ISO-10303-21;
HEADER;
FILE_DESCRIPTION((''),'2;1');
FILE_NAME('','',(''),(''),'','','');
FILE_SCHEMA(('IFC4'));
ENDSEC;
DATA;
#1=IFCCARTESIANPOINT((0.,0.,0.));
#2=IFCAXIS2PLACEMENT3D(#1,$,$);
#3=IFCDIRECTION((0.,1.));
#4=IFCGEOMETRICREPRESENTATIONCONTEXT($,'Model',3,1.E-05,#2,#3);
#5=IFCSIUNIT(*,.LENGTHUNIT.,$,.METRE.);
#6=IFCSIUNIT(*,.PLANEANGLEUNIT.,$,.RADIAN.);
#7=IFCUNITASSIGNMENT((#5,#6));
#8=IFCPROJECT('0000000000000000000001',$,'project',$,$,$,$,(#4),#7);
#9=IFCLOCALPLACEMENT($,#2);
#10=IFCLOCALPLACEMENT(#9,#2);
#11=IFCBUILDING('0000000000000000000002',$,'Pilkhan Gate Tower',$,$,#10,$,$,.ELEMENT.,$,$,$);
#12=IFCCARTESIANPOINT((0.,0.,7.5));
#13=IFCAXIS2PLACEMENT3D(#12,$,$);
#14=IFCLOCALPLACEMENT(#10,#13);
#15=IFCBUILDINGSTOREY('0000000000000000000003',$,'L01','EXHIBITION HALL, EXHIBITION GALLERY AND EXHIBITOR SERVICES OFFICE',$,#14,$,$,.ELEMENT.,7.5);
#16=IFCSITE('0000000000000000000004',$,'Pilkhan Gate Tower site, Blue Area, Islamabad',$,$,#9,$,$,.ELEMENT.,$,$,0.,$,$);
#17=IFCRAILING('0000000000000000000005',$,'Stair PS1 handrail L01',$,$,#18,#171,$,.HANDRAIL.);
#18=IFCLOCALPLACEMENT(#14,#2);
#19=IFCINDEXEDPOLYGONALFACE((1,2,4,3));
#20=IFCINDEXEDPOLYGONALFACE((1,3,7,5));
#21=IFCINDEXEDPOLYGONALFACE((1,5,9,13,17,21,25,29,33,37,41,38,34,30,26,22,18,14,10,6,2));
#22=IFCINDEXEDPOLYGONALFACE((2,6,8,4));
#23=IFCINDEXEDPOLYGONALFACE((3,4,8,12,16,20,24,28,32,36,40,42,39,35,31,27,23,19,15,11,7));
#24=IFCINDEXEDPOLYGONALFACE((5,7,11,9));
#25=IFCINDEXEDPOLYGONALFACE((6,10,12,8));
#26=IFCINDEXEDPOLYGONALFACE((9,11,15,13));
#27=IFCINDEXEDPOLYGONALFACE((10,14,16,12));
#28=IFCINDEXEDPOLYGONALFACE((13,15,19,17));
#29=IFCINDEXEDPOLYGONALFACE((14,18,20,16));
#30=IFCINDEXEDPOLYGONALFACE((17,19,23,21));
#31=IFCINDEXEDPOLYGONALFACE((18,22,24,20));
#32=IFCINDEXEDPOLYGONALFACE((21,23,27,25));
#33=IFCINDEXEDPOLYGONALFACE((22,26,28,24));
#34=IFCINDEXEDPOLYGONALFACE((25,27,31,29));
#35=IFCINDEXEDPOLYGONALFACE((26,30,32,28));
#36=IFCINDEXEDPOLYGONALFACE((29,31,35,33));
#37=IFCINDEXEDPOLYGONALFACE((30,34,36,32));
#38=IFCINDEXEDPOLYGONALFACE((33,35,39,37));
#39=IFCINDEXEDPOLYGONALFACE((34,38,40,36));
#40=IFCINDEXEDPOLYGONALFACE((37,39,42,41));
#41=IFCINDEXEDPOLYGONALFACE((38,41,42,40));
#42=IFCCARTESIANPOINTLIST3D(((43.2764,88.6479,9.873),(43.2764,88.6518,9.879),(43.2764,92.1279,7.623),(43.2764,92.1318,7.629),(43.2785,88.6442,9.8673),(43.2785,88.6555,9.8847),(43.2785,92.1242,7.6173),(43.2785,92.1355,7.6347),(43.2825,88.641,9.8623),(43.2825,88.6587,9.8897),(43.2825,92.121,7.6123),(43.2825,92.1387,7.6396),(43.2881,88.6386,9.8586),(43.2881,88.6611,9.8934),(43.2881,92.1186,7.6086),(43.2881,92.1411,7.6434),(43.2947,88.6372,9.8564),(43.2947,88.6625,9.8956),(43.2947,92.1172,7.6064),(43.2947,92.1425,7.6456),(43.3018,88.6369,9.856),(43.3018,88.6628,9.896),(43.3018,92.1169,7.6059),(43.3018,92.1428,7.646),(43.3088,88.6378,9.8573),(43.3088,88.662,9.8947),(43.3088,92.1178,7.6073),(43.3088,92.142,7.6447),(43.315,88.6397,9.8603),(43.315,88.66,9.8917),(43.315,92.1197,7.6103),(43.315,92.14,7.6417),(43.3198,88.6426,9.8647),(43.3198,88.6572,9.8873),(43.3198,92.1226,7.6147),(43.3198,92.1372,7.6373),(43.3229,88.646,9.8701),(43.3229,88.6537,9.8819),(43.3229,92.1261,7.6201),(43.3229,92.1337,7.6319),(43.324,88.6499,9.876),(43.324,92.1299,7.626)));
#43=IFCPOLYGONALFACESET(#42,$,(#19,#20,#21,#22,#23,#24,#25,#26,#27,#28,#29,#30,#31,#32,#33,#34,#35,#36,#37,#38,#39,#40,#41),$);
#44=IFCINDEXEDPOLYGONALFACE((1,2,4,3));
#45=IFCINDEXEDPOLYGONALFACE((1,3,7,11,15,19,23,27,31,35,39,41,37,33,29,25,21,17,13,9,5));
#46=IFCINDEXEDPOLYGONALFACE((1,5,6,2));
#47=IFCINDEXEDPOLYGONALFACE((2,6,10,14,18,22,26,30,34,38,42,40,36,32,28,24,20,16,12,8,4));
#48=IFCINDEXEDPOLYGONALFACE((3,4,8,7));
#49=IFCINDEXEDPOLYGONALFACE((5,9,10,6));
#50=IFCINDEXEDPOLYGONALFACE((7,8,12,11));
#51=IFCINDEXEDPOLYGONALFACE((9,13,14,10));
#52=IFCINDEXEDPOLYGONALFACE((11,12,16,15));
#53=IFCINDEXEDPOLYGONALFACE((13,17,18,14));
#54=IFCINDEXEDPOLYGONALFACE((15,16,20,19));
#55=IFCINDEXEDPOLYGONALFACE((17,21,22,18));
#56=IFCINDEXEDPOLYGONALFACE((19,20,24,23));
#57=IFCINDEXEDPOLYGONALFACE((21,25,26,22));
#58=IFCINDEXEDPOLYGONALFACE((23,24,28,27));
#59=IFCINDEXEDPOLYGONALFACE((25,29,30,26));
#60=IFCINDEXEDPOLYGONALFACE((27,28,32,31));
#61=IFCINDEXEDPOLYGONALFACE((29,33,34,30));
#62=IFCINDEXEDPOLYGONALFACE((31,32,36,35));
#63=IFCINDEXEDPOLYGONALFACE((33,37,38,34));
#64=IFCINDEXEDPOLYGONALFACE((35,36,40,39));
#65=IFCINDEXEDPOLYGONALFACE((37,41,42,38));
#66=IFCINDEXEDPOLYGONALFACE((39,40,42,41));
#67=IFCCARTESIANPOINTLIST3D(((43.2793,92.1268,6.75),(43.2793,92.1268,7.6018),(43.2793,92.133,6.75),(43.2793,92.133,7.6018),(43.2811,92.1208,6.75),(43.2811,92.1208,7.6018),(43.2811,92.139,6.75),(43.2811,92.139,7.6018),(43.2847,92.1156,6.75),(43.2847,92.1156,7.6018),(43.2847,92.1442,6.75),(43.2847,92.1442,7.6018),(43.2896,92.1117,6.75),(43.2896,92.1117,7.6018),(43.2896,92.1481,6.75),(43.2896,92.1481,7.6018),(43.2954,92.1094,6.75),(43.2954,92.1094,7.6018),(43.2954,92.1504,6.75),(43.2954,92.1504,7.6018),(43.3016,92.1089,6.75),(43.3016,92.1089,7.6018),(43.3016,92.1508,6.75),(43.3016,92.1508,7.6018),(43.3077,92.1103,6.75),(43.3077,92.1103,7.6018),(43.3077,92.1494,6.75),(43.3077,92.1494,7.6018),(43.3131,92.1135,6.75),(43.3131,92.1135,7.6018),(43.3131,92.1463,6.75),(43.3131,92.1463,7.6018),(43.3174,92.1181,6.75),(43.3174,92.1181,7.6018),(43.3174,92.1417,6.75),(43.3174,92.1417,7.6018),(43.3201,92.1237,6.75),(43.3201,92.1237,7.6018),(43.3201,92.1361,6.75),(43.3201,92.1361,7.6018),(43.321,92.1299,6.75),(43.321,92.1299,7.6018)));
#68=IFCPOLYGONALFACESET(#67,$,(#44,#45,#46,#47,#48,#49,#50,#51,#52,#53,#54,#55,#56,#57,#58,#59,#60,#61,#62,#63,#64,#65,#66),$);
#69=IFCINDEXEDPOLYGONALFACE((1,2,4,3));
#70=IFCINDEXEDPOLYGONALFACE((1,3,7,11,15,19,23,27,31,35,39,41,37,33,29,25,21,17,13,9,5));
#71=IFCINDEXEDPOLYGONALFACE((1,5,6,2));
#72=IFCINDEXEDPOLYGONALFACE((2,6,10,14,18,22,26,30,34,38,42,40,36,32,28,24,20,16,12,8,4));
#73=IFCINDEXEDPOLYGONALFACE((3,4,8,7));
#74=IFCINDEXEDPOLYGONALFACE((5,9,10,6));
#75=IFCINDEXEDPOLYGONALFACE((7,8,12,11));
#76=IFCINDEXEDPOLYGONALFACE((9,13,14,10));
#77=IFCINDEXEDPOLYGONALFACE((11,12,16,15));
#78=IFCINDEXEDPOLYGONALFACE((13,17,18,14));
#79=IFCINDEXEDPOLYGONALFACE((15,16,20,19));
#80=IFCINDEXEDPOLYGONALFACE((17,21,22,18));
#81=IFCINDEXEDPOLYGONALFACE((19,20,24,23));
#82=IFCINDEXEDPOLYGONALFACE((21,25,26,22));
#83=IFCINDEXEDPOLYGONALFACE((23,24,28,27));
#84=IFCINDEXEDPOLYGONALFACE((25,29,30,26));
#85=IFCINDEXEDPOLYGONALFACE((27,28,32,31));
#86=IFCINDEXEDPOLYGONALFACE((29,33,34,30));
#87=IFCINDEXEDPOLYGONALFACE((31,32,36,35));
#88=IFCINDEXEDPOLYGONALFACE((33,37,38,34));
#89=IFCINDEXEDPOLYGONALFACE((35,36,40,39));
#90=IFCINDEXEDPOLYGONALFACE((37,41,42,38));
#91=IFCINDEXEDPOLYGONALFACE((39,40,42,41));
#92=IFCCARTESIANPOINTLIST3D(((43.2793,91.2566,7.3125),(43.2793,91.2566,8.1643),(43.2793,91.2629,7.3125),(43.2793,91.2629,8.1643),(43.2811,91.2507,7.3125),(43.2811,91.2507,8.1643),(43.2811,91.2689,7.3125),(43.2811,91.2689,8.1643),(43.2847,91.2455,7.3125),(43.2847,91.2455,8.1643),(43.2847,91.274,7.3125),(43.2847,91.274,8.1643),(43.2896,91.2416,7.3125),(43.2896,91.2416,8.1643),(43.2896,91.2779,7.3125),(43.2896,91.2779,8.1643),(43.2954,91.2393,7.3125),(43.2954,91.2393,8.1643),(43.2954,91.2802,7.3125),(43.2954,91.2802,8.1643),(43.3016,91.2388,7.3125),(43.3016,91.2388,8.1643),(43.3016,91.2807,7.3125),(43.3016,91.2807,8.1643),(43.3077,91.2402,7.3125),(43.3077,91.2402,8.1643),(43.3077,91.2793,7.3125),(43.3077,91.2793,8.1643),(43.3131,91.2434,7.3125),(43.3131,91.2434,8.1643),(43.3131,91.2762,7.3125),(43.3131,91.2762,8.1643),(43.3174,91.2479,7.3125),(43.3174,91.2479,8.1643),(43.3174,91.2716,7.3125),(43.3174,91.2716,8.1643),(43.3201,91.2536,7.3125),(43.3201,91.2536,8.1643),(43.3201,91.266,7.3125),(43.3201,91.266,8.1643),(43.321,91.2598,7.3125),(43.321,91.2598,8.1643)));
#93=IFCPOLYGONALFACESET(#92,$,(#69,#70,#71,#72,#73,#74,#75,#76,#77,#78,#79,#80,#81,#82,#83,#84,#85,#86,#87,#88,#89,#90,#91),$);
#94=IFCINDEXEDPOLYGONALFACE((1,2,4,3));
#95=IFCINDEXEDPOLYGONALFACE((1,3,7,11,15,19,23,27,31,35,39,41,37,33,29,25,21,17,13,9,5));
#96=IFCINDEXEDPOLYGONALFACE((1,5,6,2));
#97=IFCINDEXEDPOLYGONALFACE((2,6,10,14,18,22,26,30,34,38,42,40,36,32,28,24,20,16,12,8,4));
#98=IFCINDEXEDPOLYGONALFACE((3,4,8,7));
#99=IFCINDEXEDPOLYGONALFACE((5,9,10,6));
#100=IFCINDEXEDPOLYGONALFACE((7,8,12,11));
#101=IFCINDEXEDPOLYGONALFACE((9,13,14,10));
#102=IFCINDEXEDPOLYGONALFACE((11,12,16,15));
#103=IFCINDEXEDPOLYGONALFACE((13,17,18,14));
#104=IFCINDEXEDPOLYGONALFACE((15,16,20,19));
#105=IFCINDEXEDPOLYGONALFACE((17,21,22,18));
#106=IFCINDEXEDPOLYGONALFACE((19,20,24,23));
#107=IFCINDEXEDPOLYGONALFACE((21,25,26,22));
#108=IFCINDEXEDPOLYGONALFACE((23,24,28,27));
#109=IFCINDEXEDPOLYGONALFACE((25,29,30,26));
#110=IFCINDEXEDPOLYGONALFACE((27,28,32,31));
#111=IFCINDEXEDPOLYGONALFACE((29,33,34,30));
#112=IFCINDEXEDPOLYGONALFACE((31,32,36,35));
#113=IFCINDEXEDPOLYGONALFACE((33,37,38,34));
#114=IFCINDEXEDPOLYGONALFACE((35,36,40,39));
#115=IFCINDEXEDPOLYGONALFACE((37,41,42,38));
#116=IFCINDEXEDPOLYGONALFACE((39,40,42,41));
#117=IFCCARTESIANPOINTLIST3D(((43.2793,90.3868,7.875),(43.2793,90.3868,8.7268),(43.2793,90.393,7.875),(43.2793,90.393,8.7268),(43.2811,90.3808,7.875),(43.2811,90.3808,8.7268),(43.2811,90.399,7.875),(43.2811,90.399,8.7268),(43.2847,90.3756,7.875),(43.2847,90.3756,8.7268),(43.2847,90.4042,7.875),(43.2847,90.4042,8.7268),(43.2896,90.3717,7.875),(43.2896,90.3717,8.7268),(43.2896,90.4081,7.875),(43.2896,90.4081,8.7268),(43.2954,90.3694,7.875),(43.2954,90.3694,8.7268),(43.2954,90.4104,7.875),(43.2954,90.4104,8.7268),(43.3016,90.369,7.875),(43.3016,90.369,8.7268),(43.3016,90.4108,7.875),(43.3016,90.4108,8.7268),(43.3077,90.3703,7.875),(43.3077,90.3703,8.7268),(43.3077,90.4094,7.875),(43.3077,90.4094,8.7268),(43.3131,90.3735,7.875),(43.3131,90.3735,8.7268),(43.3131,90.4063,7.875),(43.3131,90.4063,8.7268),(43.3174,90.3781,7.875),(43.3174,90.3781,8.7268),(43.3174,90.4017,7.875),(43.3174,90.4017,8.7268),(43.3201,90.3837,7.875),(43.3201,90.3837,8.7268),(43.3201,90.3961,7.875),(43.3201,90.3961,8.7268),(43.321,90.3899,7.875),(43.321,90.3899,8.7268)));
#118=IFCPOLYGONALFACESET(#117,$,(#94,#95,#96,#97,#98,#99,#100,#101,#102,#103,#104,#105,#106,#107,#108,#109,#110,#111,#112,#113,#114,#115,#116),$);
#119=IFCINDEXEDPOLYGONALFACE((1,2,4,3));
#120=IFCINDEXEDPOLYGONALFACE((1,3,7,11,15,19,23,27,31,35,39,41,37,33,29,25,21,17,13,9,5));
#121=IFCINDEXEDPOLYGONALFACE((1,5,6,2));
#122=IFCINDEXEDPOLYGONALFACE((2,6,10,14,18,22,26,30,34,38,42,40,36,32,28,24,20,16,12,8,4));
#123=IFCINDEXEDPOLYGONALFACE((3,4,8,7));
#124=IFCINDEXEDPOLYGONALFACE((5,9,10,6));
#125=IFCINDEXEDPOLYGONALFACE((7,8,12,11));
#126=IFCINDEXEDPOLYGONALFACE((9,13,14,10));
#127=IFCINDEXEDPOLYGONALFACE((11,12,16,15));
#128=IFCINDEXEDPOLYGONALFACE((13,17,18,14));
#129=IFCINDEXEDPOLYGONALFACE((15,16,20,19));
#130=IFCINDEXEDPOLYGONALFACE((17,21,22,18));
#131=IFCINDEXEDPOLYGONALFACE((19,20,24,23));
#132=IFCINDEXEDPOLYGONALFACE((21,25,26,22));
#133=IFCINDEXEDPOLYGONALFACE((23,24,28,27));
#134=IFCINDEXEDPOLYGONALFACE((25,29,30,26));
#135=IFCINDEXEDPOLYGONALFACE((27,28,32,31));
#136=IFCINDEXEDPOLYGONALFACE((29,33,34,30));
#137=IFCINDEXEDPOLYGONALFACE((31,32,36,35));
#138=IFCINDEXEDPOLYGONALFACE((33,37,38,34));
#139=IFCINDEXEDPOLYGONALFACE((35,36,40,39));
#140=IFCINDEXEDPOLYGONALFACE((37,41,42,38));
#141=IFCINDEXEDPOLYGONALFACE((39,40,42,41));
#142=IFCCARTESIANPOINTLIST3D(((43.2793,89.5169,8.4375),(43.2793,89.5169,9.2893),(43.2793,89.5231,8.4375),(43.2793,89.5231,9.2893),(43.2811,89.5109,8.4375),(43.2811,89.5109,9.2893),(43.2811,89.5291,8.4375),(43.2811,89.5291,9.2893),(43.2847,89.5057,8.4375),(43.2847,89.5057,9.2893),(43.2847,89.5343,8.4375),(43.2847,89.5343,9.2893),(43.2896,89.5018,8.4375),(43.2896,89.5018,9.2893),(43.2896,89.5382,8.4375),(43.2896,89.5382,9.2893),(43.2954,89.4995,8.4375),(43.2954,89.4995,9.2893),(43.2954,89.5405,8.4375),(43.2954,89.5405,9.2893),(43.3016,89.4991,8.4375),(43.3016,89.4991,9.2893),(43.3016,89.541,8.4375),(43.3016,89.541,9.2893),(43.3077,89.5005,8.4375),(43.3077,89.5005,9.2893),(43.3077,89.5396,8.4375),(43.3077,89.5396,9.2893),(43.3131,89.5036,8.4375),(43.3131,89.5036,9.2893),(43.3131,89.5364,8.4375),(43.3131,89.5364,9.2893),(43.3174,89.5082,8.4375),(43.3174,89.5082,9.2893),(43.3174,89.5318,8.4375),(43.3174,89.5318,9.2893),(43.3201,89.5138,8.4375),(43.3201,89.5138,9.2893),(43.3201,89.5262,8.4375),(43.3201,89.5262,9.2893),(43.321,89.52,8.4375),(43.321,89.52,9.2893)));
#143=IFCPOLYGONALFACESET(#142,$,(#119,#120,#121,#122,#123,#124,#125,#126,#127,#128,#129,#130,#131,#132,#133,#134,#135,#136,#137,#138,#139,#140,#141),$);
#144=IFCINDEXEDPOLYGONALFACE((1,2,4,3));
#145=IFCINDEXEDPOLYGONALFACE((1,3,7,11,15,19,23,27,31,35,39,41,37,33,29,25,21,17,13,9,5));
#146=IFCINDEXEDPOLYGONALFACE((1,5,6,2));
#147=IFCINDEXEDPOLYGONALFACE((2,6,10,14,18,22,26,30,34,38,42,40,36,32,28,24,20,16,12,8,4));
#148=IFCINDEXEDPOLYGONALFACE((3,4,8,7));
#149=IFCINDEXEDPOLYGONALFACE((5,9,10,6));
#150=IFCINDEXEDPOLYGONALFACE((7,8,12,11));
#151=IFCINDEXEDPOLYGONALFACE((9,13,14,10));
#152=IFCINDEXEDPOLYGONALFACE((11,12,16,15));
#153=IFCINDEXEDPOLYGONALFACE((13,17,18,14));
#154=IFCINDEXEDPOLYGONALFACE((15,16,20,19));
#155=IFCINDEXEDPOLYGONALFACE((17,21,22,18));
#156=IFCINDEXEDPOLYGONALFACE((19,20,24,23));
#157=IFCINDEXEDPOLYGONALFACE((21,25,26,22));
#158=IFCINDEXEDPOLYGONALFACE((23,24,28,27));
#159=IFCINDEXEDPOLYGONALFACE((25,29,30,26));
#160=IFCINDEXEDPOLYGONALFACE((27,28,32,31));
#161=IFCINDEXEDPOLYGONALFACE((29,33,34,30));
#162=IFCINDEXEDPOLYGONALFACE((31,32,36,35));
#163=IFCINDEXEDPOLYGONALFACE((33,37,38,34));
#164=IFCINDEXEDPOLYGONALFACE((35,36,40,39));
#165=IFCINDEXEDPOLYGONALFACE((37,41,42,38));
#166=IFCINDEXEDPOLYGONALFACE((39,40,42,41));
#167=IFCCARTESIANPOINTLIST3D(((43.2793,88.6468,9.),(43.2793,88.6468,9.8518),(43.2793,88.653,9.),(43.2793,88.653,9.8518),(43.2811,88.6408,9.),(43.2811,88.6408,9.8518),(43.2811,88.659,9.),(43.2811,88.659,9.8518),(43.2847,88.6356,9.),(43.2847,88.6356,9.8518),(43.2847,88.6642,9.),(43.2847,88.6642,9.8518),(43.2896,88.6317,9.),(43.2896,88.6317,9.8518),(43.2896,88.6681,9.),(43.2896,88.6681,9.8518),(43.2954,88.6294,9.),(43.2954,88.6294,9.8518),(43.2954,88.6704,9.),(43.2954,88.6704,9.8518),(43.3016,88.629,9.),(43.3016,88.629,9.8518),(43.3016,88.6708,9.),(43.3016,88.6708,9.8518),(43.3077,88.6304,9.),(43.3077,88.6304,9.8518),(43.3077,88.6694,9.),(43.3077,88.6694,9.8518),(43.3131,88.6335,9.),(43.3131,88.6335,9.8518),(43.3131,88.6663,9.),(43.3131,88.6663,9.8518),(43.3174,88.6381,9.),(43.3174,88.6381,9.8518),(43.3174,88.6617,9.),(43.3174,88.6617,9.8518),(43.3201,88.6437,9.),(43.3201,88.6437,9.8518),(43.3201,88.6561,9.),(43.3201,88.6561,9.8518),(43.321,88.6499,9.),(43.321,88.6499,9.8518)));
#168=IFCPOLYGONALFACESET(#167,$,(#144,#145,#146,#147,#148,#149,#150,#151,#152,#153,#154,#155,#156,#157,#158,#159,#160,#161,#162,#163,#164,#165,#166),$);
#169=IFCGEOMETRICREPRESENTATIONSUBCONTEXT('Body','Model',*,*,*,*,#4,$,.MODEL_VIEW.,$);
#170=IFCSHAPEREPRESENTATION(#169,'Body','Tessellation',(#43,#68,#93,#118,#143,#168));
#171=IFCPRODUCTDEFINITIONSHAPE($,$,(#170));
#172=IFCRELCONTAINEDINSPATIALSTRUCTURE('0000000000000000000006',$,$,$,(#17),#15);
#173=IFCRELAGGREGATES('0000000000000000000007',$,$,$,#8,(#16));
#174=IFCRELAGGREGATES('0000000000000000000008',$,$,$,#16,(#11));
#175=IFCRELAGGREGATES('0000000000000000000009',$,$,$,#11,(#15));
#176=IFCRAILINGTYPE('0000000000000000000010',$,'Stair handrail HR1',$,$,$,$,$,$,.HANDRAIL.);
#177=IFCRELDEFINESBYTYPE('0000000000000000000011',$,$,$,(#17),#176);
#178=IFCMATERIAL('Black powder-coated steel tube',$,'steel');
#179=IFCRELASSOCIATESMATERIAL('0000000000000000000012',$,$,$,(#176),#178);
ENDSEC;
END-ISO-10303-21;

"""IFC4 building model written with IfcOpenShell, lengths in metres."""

from ifc_helpers import new_model, si_unit, direction, frame, origin, origin_2d, place, context, subcontext, project, spatial, circle, extrude, material, type_object, element, save


model = new_model("IFC4")

# Units and contexts
model_context = context("Model", 3, precision=1e-05, world=origin(), true_north=direction((0.0, 1.0)))
body_context = subcontext(model_context, "Body", "Model", "MODEL_VIEW")
ifc_project = project(units=[si_unit("LENGTHUNIT", "METRE"), si_unit("PLANEANGLEUNIT", "RADIAN")], contexts=[model_context])

# Site, building, storey
site_placement = place(None, origin())
site = spatial("IfcSite", under=ifc_project, at=site_placement, Name="Pilkhan Gate Tower site, Blue Area, Islamabad", CompositionType="ELEMENT", RefElevation=0.0)
building_placement = place(site_placement, origin())
building = spatial("IfcBuilding", under=site, at=building_placement, Name="Pilkhan Gate Tower", CompositionType="ELEMENT")
storey_placement = place(building_placement, frame((0.0, 0.0, 7.5)))
storey = spatial("IfcBuildingStorey", under=building, at=storey_placement, Name="L01", Description="EXHIBITION HALL, EXHIBITION GALLERY AND EXHIBITOR SERVICES OFFICE", CompositionType="ELEMENT", Elevation=7.5)

# Railing
ifc_material_1 = material(Name="Black powder-coated steel tube", Category="steel")
railing_type_1 = type_object("IfcRailingType", Name="Stair handrail HR1", PredefinedType="HANDRAIL", material=ifc_material_1)
for number, where, name in (
    (1, (43.3, 92.1299, 6.75), "Stair PS1 handrail L01"),
):
    element("IfcRailing", number, at=place(storey_placement, frame(where)), inside=storey, type_object=railing_type_1, Name=name, PredefinedType="HANDRAIL", context=body_context, shape_type="SweptSolid", body=[
        extrude(circle(Radius=0.0239, at=origin_2d()), frame((0.0, 0.0, 0.876), z_axis=(0.0, -0.839763, 0.542953), x_axis=(1.0, 0.0, 0.0)), (0.0, 0.0, 1.0), 4.144),
        extrude(circle(Radius=0.021, at=origin_2d()), origin(), (0.0, 0.0, 1.0), 0.8518),
        extrude(circle(Radius=0.021, at=origin_2d()), frame((0.0, -0.8701, 0.5625)), (0.0, 0.0, 1.0), 0.8518),
        extrude(circle(Radius=0.021, at=origin_2d()), frame((0.0, -1.74, 1.125)), (0.0, 0.0, 1.0), 0.8518),
        extrude(circle(Radius=0.021, at=origin_2d()), frame((0.0, -2.6099, 1.6875)), (0.0, 0.0, 1.0), 0.8518),
        extrude(circle(Radius=0.021, at=origin_2d()), frame((0.0, -3.48, 2.25)), (0.0, 0.0, 1.0), 0.8518),
    ])

save(model, "model.ifc")
